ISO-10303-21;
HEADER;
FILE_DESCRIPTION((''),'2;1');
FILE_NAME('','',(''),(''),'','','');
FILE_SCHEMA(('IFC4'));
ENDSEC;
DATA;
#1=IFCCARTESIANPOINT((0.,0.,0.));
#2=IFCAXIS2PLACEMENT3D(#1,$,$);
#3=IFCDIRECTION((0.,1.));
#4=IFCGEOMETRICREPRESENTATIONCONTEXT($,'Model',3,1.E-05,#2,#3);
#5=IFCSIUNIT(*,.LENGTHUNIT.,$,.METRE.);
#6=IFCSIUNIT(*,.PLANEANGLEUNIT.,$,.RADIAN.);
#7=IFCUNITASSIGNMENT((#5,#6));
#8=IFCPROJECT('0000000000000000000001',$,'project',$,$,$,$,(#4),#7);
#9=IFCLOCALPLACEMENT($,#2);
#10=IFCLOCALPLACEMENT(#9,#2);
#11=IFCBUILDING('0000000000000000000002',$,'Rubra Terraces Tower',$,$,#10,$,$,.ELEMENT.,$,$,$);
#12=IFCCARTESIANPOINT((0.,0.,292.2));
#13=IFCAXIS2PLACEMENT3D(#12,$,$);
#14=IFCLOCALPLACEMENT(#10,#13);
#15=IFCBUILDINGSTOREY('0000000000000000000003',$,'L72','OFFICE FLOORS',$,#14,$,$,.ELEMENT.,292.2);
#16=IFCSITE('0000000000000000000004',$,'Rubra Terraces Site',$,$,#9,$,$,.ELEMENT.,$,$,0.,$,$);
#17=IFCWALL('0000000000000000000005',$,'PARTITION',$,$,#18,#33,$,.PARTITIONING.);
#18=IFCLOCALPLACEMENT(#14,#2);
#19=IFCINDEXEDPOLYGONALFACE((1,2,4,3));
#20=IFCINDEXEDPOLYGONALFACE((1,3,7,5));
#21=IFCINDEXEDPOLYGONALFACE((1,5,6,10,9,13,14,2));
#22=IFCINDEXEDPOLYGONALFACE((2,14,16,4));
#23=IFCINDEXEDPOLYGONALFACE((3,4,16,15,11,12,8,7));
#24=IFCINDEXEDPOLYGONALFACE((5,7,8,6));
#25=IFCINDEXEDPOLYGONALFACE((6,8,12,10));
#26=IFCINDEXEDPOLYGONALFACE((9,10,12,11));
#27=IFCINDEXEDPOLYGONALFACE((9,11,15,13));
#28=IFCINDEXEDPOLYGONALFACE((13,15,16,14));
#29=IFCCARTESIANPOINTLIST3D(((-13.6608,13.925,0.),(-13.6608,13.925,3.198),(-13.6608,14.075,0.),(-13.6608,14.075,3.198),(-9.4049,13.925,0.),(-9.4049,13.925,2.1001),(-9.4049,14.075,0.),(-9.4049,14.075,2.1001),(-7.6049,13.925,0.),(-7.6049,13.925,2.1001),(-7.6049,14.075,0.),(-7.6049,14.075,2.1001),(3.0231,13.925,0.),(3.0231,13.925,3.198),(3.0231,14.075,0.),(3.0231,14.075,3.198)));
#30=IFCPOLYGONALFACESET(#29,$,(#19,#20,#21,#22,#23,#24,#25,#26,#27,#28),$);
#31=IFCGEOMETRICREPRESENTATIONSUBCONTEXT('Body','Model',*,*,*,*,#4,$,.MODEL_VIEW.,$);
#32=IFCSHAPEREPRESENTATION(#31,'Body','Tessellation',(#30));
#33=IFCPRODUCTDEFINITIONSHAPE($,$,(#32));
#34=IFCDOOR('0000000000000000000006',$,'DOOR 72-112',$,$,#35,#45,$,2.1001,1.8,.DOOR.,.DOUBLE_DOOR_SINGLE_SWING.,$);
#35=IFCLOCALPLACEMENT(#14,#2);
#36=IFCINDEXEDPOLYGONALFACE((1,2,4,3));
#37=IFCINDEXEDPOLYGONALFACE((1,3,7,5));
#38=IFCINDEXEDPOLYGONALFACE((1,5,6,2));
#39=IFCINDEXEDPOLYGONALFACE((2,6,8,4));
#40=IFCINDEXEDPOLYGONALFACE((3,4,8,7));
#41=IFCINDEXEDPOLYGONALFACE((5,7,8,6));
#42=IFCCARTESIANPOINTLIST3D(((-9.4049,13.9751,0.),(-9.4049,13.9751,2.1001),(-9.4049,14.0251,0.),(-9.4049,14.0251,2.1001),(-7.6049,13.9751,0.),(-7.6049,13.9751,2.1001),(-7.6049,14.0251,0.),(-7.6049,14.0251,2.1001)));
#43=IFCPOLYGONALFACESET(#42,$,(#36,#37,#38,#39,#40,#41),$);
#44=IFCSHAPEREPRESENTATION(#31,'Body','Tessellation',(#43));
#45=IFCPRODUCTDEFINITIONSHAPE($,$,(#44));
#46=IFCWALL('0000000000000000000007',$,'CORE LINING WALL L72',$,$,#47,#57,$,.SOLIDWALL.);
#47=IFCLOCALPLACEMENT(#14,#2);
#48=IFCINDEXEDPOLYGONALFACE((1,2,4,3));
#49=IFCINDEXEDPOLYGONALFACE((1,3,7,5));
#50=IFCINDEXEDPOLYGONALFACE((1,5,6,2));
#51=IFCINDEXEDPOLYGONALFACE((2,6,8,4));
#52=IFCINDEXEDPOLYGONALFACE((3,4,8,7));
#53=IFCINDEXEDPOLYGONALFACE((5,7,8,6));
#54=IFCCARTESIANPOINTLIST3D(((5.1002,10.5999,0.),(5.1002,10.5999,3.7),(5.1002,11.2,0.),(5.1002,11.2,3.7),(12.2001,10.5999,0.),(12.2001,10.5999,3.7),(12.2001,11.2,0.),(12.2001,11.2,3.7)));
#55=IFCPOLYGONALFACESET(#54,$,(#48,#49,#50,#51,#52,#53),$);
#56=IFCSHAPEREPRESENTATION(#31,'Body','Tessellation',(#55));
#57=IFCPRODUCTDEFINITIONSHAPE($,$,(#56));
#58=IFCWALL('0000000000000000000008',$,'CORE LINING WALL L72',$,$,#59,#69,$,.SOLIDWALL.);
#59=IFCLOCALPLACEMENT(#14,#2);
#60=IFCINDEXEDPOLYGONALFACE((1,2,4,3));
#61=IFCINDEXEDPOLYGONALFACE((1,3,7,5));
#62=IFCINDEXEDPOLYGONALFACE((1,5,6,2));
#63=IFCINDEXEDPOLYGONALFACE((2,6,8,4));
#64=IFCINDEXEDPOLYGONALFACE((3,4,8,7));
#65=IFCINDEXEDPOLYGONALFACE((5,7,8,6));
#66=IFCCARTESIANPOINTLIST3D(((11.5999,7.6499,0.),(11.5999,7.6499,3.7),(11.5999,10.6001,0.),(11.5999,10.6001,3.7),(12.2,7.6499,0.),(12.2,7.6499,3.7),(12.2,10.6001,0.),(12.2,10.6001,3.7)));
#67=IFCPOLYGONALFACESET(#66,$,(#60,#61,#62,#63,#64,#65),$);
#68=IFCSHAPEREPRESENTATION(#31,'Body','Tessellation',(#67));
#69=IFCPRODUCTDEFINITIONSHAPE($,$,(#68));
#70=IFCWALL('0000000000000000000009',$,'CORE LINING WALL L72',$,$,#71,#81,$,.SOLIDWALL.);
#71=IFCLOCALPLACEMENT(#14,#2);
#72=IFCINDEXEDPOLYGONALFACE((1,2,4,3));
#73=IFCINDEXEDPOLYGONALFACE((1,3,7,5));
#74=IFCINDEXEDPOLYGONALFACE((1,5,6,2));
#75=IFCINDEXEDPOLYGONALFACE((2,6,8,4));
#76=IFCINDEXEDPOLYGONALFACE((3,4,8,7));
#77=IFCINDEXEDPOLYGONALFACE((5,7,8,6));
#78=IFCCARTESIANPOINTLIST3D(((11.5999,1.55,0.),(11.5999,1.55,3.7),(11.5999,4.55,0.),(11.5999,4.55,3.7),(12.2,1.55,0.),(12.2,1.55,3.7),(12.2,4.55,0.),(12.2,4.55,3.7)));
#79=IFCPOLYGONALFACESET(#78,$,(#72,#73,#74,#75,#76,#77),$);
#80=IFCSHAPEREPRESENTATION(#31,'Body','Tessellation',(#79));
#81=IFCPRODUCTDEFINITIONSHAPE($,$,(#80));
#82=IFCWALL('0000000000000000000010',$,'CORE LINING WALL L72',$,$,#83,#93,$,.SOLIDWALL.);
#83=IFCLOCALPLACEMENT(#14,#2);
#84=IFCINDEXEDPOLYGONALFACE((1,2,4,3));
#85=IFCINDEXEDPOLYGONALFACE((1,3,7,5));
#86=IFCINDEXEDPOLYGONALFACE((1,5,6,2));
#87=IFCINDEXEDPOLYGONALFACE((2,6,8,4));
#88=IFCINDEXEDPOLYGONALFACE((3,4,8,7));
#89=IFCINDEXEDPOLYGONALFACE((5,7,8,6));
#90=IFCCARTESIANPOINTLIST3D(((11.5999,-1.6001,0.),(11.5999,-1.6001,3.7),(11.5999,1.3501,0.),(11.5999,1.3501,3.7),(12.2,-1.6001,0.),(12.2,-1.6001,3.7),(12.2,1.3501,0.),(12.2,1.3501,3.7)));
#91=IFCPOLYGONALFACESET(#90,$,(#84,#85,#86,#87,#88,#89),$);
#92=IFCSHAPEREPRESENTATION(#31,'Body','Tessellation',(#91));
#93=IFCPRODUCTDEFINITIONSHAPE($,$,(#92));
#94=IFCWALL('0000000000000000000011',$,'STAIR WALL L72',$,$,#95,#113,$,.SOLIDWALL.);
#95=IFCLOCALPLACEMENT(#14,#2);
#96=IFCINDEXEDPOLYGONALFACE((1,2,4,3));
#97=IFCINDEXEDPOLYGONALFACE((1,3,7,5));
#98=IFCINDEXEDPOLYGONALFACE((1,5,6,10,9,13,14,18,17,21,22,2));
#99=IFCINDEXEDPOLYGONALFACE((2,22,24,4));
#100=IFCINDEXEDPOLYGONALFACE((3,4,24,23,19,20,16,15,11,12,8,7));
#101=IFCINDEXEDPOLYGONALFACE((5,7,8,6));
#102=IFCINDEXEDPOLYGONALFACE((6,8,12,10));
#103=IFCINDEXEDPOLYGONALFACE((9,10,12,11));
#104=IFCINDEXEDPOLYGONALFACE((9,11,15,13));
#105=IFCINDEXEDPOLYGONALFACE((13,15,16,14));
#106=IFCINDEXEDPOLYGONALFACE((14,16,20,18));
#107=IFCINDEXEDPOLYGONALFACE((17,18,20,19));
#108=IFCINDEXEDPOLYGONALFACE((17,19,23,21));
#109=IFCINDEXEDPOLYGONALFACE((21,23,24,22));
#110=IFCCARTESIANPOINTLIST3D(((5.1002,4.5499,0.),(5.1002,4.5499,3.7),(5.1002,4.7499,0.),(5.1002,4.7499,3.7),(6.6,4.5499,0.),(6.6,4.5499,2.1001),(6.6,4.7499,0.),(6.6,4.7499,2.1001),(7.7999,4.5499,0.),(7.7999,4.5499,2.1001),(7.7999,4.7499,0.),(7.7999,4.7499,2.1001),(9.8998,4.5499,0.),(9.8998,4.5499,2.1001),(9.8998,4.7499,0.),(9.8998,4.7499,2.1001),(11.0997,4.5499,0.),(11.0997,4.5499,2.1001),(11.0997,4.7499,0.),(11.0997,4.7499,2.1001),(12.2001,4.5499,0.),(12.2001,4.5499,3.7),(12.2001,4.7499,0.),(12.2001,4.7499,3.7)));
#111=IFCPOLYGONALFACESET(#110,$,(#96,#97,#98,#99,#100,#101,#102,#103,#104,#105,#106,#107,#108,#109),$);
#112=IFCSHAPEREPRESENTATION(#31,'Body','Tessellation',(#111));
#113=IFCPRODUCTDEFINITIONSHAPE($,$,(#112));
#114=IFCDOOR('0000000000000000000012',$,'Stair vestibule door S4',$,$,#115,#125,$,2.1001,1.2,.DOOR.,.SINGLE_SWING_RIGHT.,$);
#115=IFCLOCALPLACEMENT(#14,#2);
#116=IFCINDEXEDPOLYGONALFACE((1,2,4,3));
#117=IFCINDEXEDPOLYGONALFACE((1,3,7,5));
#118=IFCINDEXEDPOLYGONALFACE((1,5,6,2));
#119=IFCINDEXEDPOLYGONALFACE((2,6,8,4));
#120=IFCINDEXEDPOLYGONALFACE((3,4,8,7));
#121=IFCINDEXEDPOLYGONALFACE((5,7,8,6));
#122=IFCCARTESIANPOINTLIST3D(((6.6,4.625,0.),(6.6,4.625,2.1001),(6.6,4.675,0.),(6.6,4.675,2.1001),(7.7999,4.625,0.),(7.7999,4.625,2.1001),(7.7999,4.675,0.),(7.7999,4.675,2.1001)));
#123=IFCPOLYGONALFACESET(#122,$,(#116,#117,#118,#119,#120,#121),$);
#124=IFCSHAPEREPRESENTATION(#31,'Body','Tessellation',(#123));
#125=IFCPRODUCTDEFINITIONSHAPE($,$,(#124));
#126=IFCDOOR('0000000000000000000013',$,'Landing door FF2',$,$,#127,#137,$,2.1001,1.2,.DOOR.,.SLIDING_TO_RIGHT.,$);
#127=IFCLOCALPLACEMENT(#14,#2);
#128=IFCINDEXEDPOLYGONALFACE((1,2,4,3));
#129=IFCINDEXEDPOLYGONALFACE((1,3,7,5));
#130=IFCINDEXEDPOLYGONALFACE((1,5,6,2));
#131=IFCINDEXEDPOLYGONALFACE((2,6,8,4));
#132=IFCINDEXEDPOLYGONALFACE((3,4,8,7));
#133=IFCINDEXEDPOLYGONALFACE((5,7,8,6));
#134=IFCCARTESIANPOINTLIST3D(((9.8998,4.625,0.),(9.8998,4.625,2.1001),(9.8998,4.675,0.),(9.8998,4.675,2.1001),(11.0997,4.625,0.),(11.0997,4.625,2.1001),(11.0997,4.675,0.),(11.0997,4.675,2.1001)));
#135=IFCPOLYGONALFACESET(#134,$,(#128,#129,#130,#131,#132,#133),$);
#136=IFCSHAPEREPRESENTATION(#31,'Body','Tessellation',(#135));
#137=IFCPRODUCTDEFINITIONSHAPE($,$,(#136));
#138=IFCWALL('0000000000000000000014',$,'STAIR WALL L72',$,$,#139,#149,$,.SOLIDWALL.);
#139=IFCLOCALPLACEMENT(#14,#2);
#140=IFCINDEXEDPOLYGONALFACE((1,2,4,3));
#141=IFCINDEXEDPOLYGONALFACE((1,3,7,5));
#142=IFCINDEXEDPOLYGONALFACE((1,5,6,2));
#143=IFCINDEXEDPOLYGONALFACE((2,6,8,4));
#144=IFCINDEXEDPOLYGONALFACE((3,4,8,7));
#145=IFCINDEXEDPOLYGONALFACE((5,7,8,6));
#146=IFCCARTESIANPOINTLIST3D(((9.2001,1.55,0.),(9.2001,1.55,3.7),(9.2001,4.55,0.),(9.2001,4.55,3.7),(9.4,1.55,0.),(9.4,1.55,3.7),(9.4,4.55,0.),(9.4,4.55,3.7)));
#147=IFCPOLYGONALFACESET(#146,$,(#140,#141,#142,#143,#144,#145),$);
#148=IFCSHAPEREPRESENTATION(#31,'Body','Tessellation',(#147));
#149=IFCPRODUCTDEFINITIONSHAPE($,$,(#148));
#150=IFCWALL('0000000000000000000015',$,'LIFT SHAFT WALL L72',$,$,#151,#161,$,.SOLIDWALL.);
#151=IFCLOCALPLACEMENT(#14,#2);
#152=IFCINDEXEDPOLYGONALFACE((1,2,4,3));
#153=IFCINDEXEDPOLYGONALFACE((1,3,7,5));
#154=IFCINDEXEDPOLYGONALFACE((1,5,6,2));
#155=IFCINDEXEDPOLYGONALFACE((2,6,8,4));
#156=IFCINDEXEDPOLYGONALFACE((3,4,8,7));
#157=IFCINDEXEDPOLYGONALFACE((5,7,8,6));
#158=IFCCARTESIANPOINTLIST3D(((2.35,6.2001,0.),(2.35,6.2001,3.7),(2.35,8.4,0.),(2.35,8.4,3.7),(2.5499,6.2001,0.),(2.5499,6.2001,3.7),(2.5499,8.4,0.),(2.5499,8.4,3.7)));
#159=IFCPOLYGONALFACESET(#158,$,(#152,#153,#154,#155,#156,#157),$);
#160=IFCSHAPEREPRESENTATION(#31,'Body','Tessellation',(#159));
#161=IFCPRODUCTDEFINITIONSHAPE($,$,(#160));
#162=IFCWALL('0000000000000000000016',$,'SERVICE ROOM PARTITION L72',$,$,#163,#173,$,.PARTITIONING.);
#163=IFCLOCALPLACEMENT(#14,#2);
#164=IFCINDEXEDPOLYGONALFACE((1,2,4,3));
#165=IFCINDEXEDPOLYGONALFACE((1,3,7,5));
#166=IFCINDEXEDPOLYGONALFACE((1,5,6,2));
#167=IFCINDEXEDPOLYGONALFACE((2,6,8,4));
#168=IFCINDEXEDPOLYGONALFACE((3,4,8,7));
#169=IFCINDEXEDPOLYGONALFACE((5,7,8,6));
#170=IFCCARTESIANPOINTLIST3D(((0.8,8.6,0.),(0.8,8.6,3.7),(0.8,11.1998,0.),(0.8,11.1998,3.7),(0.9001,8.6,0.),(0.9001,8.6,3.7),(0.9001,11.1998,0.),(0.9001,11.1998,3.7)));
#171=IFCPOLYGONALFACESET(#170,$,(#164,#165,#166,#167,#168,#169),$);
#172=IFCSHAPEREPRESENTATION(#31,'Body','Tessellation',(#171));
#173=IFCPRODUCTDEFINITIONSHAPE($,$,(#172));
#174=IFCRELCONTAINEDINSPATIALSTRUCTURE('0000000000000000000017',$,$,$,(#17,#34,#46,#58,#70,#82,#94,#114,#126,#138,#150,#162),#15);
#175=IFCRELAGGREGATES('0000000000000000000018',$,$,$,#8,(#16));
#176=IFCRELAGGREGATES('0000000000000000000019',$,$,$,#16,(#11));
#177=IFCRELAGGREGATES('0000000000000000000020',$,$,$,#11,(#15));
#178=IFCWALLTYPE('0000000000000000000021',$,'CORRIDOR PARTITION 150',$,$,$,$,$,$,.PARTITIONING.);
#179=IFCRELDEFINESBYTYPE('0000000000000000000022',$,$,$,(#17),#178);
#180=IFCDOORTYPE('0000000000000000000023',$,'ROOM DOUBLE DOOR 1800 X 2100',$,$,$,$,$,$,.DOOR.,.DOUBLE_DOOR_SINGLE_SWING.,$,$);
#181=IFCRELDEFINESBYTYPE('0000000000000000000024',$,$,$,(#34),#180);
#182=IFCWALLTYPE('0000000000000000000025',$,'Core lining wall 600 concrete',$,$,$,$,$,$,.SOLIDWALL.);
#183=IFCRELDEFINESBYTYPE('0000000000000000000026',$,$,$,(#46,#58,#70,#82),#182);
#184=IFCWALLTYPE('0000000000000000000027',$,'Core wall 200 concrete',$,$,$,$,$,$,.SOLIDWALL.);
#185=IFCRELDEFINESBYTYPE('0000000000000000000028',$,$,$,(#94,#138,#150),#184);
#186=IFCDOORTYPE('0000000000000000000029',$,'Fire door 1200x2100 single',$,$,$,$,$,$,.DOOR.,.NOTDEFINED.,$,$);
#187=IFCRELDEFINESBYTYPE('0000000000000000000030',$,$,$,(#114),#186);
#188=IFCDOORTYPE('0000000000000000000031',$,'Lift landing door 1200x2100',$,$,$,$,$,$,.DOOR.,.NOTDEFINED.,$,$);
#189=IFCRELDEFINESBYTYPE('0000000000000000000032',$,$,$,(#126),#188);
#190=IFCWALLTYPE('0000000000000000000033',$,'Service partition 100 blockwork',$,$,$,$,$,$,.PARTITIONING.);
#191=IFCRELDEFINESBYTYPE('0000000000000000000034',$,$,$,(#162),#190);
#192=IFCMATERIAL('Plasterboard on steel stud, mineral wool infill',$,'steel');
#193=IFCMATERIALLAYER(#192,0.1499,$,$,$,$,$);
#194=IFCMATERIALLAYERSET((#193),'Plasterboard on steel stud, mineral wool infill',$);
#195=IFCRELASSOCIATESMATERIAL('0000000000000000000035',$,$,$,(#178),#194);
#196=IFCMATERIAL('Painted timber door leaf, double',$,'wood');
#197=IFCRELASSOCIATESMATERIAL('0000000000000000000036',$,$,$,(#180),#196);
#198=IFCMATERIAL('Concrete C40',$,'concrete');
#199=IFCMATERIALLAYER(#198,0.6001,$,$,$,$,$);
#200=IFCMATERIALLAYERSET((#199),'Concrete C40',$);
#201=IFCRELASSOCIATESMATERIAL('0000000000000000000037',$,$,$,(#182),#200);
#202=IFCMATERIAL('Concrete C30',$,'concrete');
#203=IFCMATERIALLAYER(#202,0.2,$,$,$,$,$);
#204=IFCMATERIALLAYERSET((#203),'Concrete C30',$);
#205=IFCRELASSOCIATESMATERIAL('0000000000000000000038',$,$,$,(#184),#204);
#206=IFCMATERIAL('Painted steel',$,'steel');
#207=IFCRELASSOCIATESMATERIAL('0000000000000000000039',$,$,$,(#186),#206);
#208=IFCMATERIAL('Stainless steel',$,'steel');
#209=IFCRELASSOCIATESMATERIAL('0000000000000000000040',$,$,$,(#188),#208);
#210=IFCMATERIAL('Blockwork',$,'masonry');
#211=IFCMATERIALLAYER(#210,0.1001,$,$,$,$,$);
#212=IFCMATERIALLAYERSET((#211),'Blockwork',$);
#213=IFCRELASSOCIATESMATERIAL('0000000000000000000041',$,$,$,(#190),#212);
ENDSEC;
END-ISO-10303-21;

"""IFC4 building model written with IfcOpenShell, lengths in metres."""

from ifc_helpers import new_model, si_unit, direction, frame, frame_2d, origin, place, context, subcontext, project, spatial, rectangle, extrude, material, layer, layer_set, type_object, element, fill, save


model = new_model("IFC4")

# Units and contexts
model_context = context("Model", 3, precision=1e-05, world=origin(), true_north=direction((0.0, 1.0)))
body_context = subcontext(model_context, "Body", "Model", "MODEL_VIEW")
ifc_project = project(units=[si_unit("LENGTHUNIT", "METRE"), si_unit("PLANEANGLEUNIT", "RADIAN")], contexts=[model_context])

# Site, building, storey
site_placement = place(None, origin())
site = spatial("IfcSite", under=ifc_project, at=site_placement, Name="Rubra Terraces Site", CompositionType="ELEMENT", RefElevation=0.0)
building_placement = place(site_placement, origin())
building = spatial("IfcBuilding", under=site, at=building_placement, Name="Rubra Terraces Tower", CompositionType="ELEMENT")
storey_placement = place(building_placement, frame((0.0, 0.0, 292.2)))
storey = spatial("IfcBuildingStorey", under=building, at=storey_placement, Name="L72", Description="OFFICE FLOORS", CompositionType="ELEMENT", Elevation=292.2)

# Wall, opening, door
ifc_material_1 = material(Name="Plasterboard on steel stud, mineral wool infill", Category="steel")
ifc_layer_1 = layer(ifc_material_1, 0.1499)
ifc_layer_set_1 = layer_set([ifc_layer_1], Name="Plasterboard on steel stud, mineral wool infill")
wall_type_1 = type_object("IfcWallType", Name="CORRIDOR PARTITION 150", PredefinedType="PARTITIONING", material=ifc_layer_set_1)
wall_1_placement = place(storey_placement, frame((3.0229, 14.0, 0.0), z_axis=(0.0, 0.0, 1.0), x_axis=(-1.0, 0.0, 0.0)))
wall_1 = element("IfcWall", 1, at=wall_1_placement, inside=storey, type_object=wall_type_1, Name="PARTITION", PredefinedType="PARTITIONING", context=body_context, shape_type="SweptSolid", body=[
    extrude(rectangle(XDim=16.6838, YDim=0.1499, at=frame_2d((8.3418, 0.0))), origin(), (0.0, 0.0, 1.0), 3.198),
])
opening_1_placement = place(wall_1_placement, frame((10.6279, 0.0, 0.0)))
opening_1 = element("IfcOpeningElement", 2, at=opening_1_placement, cuts=wall_1, PredefinedType="OPENING", context=body_context, shape_type="SweptSolid", body=[
    extrude(rectangle(XDim=1.8, YDim=2.1001, at=frame_2d((0.8999, 1.05))), frame((0.0, 0.085, 0.0), z_axis=(0.0, -1.0, 0.0), x_axis=(1.0, 0.0, 0.0)), (0.0, 0.0, 1.0), 0.1699),
])
ifc_material_2 = material(Name="Painted timber door leaf, double", Category="wood")
door_type_1 = type_object("IfcDoorType", Name="ROOM DOUBLE DOOR 1800 X 2100", OperationType="DOUBLE_DOOR_SINGLE_SWING", PredefinedType="DOOR", material=ifc_material_2)
door_1_placement = place(opening_1_placement, origin())
door_1 = element("IfcDoor", 3, at=door_1_placement, inside=storey, type_object=door_type_1, Name="DOOR 72-112", OperationType="DOUBLE_DOOR_SINGLE_SWING", OverallHeight=2.1001, OverallWidth=1.8, PredefinedType="DOOR", context=body_context, shape_type="SweptSolid", body=[
    extrude(rectangle(XDim=1.8, YDim=2.1001, at=frame_2d((0.8999, 1.05))), frame((0.0, 0.0249, 0.0), z_axis=(0.0, -1.0, 0.0), x_axis=(1.0, 0.0, 0.0)), (0.0, 0.0, 1.0), 0.05),
])
fill(opening_1, door_1)

# Walls
ifc_material_3 = material(Name="Concrete C40", Category="concrete")
ifc_layer_2 = layer(ifc_material_3, 0.6001)
ifc_layer_set_2 = layer_set([ifc_layer_2], Name="Concrete C40")
wall_type_2 = type_object("IfcWallType", Name="Core lining wall 600 concrete", PredefinedType="SOLIDWALL", material=ifc_layer_set_2)
wall_2_placement = place(storey_placement, frame((12.2, 10.8999, 0.0), z_axis=(0.0, 0.0, 1.0), x_axis=(-1.0, 0.0, 0.0)))
element("IfcWall", 4, at=wall_2_placement, inside=storey, type_object=wall_type_2, Name="CORE LINING WALL L72", PredefinedType="SOLIDWALL", context=body_context, shape_type="SweptSolid", body=[
    extrude(rectangle(XDim=7.0999, YDim=0.6001, at=frame_2d((3.5498, 0.0))), origin(), (0.0, 0.0, 1.0), 3.7),
])
wall_3_placement = place(storey_placement, frame((11.8999, 10.6001, 0.0), z_axis=(0.0, 0.0, 1.0), x_axis=(0.0, -1.0, 0.0)))
element("IfcWall", 5, at=wall_3_placement, inside=storey, type_object=wall_type_2, Name="CORE LINING WALL L72", PredefinedType="SOLIDWALL", context=body_context, shape_type="SweptSolid", body=[
    extrude(rectangle(XDim=2.9502, YDim=0.6001, at=frame_2d((1.4751, 0.0))), origin(), (0.0, 0.0, 1.0), 3.7),
])
wall_4_placement = place(storey_placement, frame((11.8999, 4.55, 0.0), z_axis=(0.0, 0.0, 1.0), x_axis=(0.0, -1.0, 0.0)))
element("IfcWall", 6, at=wall_4_placement, inside=storey, type_object=wall_type_2, Name="CORE LINING WALL L72", PredefinedType="SOLIDWALL", context=body_context, shape_type="SweptSolid", body=[
    extrude(rectangle(XDim=3.0, YDim=0.6001, at=frame_2d((1.5, 0.0))), origin(), (0.0, 0.0, 1.0), 3.7),
])
wall_5_placement = place(storey_placement, frame((11.8999, 1.3501, 0.0), z_axis=(0.0, 0.0, 1.0), x_axis=(0.0, -1.0, 0.0)))
element("IfcWall", 7, at=wall_5_placement, inside=storey, type_object=wall_type_2, Name="CORE LINING WALL L72", PredefinedType="SOLIDWALL", context=body_context, shape_type="SweptSolid", body=[
    extrude(rectangle(XDim=2.9502, YDim=0.6001, at=frame_2d((1.4751, 0.0))), origin(), (0.0, 0.0, 1.0), 3.7),
])

# Wall, openings, doors
ifc_material_4 = material(Name="Concrete C30", Category="concrete")
ifc_layer_3 = layer(ifc_material_4, 0.2)
ifc_layer_set_3 = layer_set([ifc_layer_3], Name="Concrete C30")
wall_type_3 = type_object("IfcWallType", Name="Core wall 200 concrete", PredefinedType="SOLIDWALL", material=ifc_layer_set_3)
wall_6_placement = place(storey_placement, frame((12.2, 4.6499, 0.0), z_axis=(0.0, 0.0, 1.0), x_axis=(-1.0, 0.0, 0.0)))
wall_6 = element("IfcWall", 8, at=wall_6_placement, inside=storey, type_object=wall_type_3, Name="STAIR WALL L72", PredefinedType="SOLIDWALL", context=body_context, shape_type="SweptSolid", body=[
    extrude(rectangle(XDim=7.0999, YDim=0.2, at=frame_2d((3.5498, 0.0))), origin(), (0.0, 0.0, 1.0), 3.7),
])
opening_2_placement = place(wall_6_placement, frame((4.3999, 0.0, 0.0)))
opening_2 = element("IfcOpeningElement", 9, at=opening_2_placement, cuts=wall_6, PredefinedType="OPENING", context=body_context, shape_type="SweptSolid", body=[
    extrude(rectangle(XDim=1.2, YDim=2.1001, at=frame_2d((0.6001, 1.05))), frame((0.0, 0.1099, 0.0), z_axis=(0.0, -1.0, 0.0), x_axis=(1.0, 0.0, 0.0)), (0.0, 0.0, 1.0), 0.22),
])
opening_3_placement = place(wall_6_placement, frame((1.1001, 0.0, 0.0)))
opening_3 = element("IfcOpeningElement", 10, at=opening_3_placement, cuts=wall_6, PredefinedType="OPENING", context=body_context, shape_type="SweptSolid", body=[
    extrude(rectangle(XDim=1.2, YDim=2.1001, at=frame_2d((0.6001, 1.05))), frame((0.0, 0.1099, 0.0), z_axis=(0.0, -1.0, 0.0), x_axis=(1.0, 0.0, 0.0)), (0.0, 0.0, 1.0), 0.22),
])
ifc_material_5 = material(Name="Painted steel", Category="steel")
door_type_2 = type_object("IfcDoorType", Name="Fire door 1200x2100 single", OperationType="NOTDEFINED", PredefinedType="DOOR", material=ifc_material_5)
door_2_placement = place(opening_2_placement, origin())
door_2 = element("IfcDoor", 11, at=door_2_placement, inside=storey, type_object=door_type_2, Name="Stair vestibule door S4", OperationType="SINGLE_SWING_RIGHT", OverallHeight=2.1001, OverallWidth=1.2, PredefinedType="DOOR", context=body_context, shape_type="SweptSolid", body=[
    extrude(rectangle(XDim=1.2, YDim=2.1001, at=frame_2d((0.6001, 1.05))), frame((0.0, 0.0249, 0.0), z_axis=(0.0, -1.0, 0.0), x_axis=(1.0, 0.0, 0.0)), (0.0, 0.0, 1.0), 0.05),
])
fill(opening_2, door_2)
ifc_material_6 = material(Name="Stainless steel", Category="steel")
door_type_3 = type_object("IfcDoorType", Name="Lift landing door 1200x2100", OperationType="NOTDEFINED", PredefinedType="DOOR", material=ifc_material_6)
door_3_placement = place(opening_3_placement, origin())
door_3 = element("IfcDoor", 12, at=door_3_placement, inside=storey, type_object=door_type_3, Name="Landing door FF2", OperationType="SLIDING_TO_RIGHT", OverallHeight=2.1001, OverallWidth=1.2, PredefinedType="DOOR", context=body_context, shape_type="SweptSolid", body=[
    extrude(rectangle(XDim=1.2, YDim=2.1001, at=frame_2d((0.6001, 1.05))), frame((0.0, 0.0249, 0.0), z_axis=(0.0, -1.0, 0.0), x_axis=(1.0, 0.0, 0.0)), (0.0, 0.0, 1.0), 0.05),
])
fill(opening_3, door_3)

# Walls
wall_7_placement = place(storey_placement, frame((9.3, 4.55, 0.0), z_axis=(0.0, 0.0, 1.0), x_axis=(0.0, -1.0, 0.0)))
element("IfcWall", 13, at=wall_7_placement, inside=storey, type_object=wall_type_3, Name="STAIR WALL L72", PredefinedType="SOLIDWALL", context=body_context, shape_type="SweptSolid", body=[
    extrude(rectangle(XDim=3.0, YDim=0.2, at=frame_2d((1.5, 0.0))), origin(), (0.0, 0.0, 1.0), 3.7),
])
wall_8_placement = place(storey_placement, frame((2.45, 6.2, 0.0), z_axis=(0.0, 0.0, 1.0), x_axis=(0.0, 1.0, 0.0)))
element("IfcWall", 14, at=wall_8_placement, inside=storey, type_object=wall_type_3, Name="LIFT SHAFT WALL L72", PredefinedType="SOLIDWALL", context=body_context, shape_type="SweptSolid", body=[
    extrude(rectangle(XDim=2.2, YDim=0.2, at=frame_2d((1.1001, 0.0))), origin(), (0.0, 0.0, 1.0), 3.7),
])
ifc_material_7 = material(Name="Blockwork", Category="masonry")
ifc_layer_4 = layer(ifc_material_7, 0.1001)
ifc_layer_set_4 = layer_set([ifc_layer_4], Name="Blockwork")
wall_type_4 = type_object("IfcWallType", Name="Service partition 100 blockwork", PredefinedType="PARTITIONING", material=ifc_layer_set_4)
for number, where, z_axis, x_axis, name in (
    (15, (0.8501, 8.6001, 0.0), (0.0, 0.0, 1.0), (0.0, 1.0, 0.0), "SERVICE ROOM PARTITION L72"),
):
    element("IfcWall", number, at=place(storey_placement, frame(where, z_axis=z_axis, x_axis=x_axis)), inside=storey, type_object=wall_type_4, Name=name, PredefinedType="PARTITIONING", context=body_context, shape_type="SweptSolid", body=[
        extrude(rectangle(XDim=2.5999, YDim=0.1001, at=frame_2d((1.2998, 0.0))), origin(), (0.0, 0.0, 1.0), 3.7),
    ])

save(model, "model.ifc")
